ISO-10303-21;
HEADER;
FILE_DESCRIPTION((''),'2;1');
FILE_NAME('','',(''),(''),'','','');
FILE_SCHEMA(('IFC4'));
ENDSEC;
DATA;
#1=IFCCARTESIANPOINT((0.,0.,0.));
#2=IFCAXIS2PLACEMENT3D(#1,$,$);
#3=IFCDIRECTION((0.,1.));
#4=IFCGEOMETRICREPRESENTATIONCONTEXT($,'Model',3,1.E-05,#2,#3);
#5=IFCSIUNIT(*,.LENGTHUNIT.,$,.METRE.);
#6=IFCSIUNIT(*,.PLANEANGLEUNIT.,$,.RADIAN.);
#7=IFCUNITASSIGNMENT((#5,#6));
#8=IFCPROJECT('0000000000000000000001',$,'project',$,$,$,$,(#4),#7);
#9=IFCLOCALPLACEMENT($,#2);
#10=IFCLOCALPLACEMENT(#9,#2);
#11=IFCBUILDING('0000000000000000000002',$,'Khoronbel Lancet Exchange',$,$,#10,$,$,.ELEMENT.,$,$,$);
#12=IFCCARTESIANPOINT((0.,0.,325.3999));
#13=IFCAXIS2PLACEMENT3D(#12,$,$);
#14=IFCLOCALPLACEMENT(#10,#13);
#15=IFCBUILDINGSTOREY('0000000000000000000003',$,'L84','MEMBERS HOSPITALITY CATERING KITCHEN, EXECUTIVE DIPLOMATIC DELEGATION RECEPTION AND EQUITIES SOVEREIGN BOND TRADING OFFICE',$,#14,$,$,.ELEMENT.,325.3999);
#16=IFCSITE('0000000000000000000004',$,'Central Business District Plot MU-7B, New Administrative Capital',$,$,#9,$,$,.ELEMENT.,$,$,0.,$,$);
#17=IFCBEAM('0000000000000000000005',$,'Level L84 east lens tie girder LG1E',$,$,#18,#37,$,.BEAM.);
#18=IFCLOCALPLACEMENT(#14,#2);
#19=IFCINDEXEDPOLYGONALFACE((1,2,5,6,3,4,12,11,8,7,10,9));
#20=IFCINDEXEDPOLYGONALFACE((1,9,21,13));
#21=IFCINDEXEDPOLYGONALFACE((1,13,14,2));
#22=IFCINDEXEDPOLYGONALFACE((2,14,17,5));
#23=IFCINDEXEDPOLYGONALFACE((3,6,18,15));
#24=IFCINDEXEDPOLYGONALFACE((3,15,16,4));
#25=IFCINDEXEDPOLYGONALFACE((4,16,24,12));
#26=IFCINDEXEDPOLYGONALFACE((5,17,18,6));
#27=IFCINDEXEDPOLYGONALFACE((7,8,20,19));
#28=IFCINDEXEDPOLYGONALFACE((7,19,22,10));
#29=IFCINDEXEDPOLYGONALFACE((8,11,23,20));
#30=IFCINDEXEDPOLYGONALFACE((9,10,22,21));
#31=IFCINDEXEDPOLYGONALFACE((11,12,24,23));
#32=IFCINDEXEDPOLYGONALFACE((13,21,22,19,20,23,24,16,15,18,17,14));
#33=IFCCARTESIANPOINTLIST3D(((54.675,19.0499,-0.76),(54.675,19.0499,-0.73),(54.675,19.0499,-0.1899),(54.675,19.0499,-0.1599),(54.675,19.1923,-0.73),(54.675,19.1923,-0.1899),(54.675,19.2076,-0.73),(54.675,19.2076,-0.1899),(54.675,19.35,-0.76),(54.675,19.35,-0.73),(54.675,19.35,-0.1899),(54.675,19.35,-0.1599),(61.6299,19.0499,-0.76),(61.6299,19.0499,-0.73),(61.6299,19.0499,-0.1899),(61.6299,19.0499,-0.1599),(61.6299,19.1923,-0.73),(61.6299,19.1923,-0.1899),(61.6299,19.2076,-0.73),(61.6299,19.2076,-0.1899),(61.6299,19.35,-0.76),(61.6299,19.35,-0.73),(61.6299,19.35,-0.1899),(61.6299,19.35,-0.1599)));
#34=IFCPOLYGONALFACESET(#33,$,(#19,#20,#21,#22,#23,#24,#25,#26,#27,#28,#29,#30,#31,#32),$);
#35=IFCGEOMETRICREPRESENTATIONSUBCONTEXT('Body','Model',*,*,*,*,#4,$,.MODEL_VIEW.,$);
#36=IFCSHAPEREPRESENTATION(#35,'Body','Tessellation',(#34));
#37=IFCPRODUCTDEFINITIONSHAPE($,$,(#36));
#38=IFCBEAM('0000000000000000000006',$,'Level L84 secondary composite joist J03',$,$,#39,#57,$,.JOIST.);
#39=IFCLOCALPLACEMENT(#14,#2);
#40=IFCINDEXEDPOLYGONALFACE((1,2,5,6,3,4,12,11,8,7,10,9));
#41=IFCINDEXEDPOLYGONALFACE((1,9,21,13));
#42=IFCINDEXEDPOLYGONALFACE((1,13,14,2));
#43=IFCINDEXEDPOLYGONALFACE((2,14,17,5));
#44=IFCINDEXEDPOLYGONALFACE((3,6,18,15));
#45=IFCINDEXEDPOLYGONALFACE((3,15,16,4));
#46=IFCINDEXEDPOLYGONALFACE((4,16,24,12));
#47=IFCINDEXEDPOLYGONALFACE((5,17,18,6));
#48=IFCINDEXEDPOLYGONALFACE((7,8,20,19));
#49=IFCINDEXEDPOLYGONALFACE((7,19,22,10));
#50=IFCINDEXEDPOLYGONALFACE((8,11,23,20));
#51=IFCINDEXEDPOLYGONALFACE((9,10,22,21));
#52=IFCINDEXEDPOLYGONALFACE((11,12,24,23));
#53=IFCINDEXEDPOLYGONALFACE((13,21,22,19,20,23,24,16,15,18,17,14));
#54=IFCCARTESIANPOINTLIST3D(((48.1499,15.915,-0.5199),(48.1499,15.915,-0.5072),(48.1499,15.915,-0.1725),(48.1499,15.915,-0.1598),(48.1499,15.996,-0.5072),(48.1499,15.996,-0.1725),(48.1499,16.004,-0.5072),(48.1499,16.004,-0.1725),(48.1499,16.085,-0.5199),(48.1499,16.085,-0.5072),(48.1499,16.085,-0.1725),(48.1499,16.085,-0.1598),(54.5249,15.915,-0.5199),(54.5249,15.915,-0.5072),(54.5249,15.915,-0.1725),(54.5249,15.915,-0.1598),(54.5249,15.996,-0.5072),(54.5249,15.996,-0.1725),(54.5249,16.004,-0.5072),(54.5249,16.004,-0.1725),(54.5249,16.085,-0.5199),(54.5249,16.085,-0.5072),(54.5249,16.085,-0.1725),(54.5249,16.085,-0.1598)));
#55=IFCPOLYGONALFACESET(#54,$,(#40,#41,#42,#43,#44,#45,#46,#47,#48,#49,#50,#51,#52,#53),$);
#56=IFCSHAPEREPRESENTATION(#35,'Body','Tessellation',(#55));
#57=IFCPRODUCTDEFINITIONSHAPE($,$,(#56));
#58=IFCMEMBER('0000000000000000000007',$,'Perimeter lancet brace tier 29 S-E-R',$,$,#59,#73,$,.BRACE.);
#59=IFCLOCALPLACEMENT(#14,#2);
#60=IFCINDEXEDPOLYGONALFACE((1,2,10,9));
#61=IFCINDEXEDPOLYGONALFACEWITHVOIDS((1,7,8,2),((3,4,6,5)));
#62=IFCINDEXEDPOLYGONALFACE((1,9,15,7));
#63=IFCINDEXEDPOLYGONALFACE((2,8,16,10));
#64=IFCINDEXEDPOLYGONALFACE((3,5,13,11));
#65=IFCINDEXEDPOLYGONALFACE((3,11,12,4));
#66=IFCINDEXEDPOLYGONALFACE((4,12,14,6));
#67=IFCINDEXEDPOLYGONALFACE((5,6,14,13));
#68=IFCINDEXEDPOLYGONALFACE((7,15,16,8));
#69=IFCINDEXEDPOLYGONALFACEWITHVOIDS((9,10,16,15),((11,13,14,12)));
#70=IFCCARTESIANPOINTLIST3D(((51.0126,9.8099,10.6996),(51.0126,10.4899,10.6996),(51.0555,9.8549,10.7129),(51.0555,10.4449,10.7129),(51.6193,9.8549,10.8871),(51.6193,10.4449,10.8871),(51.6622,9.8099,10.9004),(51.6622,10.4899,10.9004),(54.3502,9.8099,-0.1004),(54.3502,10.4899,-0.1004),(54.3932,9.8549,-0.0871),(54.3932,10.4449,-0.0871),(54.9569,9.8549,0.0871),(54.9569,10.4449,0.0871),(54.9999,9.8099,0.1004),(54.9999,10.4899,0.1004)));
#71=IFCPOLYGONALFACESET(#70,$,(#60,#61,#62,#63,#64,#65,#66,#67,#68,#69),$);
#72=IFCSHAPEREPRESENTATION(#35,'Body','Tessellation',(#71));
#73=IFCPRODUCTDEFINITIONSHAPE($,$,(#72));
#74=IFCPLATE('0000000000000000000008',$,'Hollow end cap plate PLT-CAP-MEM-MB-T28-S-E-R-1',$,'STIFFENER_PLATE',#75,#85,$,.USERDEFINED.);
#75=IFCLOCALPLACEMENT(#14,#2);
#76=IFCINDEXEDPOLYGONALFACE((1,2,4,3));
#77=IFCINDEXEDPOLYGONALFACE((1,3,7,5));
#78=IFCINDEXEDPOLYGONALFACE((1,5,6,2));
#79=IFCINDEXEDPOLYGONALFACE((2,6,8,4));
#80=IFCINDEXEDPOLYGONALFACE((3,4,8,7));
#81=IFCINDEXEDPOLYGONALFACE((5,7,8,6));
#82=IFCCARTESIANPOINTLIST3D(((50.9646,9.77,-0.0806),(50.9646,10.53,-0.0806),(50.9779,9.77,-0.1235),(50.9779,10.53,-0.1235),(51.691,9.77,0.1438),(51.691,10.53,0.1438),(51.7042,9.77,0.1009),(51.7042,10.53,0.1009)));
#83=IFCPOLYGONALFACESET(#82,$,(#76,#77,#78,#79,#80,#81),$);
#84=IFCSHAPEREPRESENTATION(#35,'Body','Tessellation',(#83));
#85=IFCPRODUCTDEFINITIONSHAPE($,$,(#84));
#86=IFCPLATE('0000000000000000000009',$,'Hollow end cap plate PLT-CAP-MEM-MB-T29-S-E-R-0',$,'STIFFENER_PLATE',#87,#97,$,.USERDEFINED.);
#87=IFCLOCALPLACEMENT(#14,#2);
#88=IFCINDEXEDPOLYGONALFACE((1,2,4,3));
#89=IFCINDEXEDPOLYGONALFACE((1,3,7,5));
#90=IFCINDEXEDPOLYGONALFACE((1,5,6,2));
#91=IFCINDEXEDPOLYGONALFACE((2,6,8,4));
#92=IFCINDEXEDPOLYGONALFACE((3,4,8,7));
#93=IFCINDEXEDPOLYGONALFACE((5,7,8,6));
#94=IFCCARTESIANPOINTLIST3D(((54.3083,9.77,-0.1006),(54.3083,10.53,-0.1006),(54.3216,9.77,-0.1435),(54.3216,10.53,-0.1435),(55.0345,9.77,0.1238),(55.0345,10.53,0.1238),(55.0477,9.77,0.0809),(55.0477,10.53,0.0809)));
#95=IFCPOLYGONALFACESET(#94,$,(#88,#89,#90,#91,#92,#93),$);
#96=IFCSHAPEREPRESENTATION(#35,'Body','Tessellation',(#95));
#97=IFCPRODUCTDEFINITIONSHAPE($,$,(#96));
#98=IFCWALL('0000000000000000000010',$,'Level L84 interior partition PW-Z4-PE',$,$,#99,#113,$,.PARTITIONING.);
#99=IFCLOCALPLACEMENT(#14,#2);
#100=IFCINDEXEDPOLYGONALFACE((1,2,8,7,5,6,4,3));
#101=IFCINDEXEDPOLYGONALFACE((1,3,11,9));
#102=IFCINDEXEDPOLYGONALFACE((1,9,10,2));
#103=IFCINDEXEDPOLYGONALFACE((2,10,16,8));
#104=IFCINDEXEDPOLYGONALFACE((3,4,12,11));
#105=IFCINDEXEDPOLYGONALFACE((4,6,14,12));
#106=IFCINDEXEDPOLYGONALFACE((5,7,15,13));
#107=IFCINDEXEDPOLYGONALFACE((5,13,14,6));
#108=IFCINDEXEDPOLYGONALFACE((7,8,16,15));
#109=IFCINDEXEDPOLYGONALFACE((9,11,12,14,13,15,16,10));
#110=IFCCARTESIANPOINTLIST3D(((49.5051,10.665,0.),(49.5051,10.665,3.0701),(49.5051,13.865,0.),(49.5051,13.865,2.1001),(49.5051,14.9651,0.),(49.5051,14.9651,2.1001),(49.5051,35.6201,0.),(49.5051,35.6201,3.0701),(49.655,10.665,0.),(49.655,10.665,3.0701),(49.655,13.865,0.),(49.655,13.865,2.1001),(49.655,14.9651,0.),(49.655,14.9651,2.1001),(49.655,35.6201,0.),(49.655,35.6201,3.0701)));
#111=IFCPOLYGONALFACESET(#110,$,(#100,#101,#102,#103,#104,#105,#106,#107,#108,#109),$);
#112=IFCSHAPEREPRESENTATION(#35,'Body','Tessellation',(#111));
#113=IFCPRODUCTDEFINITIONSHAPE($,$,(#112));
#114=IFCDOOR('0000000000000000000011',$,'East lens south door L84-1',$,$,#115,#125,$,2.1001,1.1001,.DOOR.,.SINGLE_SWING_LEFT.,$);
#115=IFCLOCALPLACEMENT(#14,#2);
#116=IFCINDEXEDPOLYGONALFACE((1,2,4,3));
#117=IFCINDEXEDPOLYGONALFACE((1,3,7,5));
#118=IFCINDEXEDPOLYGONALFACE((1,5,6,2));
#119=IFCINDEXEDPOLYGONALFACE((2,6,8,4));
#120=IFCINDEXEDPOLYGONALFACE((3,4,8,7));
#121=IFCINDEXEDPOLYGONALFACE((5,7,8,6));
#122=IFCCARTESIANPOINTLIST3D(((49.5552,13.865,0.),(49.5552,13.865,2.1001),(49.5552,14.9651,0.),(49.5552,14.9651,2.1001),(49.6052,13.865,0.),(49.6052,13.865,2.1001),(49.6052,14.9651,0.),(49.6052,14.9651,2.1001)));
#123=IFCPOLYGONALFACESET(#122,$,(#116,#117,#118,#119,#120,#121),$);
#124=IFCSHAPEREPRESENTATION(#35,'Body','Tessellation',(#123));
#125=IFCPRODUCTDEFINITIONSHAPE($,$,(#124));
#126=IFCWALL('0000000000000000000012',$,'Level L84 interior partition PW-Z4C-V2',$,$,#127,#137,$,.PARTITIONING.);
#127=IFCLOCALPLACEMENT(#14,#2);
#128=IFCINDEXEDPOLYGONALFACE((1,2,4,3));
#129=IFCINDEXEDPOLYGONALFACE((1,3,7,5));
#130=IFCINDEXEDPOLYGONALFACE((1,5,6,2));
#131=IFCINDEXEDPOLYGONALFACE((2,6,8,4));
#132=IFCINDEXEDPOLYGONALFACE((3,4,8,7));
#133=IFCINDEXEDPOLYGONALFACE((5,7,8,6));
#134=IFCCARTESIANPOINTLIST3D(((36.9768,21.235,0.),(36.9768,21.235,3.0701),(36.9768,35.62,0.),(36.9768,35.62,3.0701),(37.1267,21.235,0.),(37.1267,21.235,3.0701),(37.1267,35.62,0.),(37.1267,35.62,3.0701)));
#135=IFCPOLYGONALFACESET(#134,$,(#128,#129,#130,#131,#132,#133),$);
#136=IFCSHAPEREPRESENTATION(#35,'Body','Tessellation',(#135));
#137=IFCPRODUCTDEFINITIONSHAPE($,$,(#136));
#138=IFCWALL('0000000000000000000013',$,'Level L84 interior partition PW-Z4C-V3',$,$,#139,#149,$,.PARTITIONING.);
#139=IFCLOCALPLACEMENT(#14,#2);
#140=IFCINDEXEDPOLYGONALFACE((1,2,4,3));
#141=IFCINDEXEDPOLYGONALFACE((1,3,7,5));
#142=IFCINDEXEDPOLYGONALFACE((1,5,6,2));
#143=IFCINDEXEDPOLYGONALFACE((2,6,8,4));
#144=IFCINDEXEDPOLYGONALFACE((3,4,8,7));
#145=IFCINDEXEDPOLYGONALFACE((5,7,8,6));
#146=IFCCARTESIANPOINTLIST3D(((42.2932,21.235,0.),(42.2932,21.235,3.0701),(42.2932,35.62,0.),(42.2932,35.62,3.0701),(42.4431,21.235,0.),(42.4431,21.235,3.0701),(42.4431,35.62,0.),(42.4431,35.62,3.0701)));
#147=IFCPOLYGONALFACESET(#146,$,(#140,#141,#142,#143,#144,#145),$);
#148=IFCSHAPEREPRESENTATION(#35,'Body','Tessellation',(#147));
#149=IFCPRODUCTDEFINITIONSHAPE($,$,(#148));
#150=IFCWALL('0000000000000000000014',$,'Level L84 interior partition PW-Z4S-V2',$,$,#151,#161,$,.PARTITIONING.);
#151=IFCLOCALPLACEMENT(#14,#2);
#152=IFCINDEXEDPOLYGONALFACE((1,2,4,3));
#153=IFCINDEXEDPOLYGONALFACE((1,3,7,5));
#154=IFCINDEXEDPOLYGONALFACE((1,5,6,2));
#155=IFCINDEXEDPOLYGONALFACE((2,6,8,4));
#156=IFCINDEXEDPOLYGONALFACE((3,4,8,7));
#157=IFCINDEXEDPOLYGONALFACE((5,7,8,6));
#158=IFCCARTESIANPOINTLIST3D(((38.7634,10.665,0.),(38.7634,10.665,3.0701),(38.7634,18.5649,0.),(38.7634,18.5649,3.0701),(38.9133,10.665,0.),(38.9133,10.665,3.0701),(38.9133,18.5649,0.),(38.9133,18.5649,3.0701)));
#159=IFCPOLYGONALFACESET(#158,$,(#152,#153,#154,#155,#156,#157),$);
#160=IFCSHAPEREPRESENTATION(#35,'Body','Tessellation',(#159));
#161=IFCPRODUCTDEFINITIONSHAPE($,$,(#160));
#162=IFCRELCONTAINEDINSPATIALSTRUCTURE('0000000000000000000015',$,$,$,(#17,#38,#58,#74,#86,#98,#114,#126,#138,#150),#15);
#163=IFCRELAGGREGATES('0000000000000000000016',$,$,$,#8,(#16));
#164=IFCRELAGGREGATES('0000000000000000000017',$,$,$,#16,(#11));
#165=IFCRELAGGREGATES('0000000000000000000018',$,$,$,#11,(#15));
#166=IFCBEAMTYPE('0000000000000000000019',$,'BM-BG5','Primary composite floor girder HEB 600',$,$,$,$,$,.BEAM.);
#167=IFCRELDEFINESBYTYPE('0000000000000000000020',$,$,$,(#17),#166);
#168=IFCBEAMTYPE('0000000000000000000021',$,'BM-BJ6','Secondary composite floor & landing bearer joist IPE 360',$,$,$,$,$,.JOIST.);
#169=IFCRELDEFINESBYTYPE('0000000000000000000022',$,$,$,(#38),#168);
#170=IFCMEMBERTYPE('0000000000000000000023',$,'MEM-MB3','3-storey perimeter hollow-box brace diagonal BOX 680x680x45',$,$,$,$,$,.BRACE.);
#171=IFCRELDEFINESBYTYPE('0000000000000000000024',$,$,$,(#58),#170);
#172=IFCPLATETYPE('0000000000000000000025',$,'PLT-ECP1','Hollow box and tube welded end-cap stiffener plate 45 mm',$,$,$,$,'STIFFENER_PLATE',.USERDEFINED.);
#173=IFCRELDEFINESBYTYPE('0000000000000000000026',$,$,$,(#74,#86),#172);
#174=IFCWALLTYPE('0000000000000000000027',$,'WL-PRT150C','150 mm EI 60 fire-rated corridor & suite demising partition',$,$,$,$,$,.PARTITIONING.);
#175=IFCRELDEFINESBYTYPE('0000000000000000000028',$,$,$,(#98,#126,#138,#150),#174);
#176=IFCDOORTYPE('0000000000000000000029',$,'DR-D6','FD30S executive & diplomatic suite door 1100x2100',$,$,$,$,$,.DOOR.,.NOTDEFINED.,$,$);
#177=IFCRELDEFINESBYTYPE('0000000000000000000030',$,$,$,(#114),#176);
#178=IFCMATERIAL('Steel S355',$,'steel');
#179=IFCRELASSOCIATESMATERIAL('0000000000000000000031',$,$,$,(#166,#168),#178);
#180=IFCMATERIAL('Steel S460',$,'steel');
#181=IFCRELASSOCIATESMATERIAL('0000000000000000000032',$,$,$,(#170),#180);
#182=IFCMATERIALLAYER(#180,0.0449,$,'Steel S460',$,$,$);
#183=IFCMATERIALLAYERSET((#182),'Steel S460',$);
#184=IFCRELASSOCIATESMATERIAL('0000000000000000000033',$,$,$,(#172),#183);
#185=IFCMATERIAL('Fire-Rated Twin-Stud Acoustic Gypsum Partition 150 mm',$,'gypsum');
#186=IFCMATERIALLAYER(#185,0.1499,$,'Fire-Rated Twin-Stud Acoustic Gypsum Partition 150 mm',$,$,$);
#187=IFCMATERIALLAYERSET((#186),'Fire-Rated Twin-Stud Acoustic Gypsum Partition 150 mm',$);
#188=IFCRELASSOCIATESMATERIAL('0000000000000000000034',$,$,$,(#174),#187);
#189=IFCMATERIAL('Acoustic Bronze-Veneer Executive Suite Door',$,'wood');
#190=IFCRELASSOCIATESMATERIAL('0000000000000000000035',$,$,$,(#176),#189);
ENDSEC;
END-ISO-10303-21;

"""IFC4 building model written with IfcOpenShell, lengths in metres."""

from ifc_helpers import new_model, si_unit, direction, frame, frame_2d, origin, origin_2d, place, context, subcontext, project, spatial, polyline, rectangle, hollow_rectangle, i_section, outline, extrude, material, layer, layer_set, material_profile, profile_set, type_object, element, fill, save


model = new_model("IFC4")

# Units and contexts
model_context = context("Model", 3, precision=1e-05, world=origin(), true_north=direction((0.0, 1.0)))
body_context = subcontext(model_context, "Body", "Model", "MODEL_VIEW")
ifc_project = project(units=[si_unit("LENGTHUNIT", "METRE"), si_unit("PLANEANGLEUNIT", "RADIAN")], contexts=[model_context])

# Site, building, storey
site_placement = place(None, origin())
site = spatial("IfcSite", under=ifc_project, at=site_placement, Name="Central Business District Plot MU-7B, New Administrative Capital", CompositionType="ELEMENT", RefElevation=0.0)
building_placement = place(site_placement, origin())
building = spatial("IfcBuilding", under=site, at=building_placement, Name="Khoronbel Lancet Exchange", CompositionType="ELEMENT")
storey_placement = place(building_placement, frame((0.0, 0.0, 325.3999)))
storey = spatial("IfcBuildingStorey", under=building, at=storey_placement, Name="L84", Description="MEMBERS HOSPITALITY CATERING KITCHEN, EXECUTIVE DIPLOMATIC DELEGATION RECEPTION AND EQUITIES SOVEREIGN BOND TRADING OFFICE", CompositionType="ELEMENT", Elevation=325.3999)

# Beams
ifc_material_1 = material(Name="Steel S355", Category="steel")
ifc_material_profile_1 = material_profile(ifc_material_1, i_section(OverallWidth=0.3, OverallDepth=0.6001, WebThickness=0.0154, FlangeThickness=0.03, at=origin_2d()), Name="HEB 600")
ifc_profile_set_1 = profile_set([ifc_material_profile_1], Name="Steel S355")
beam_type_1 = type_object("IfcBeamType", Name="BM-BG5", Description="Primary composite floor girder HEB 600", PredefinedType="BEAM", material=ifc_profile_set_1)
beam_1_placement = place(storey_placement, frame((54.675, 19.2, -0.46), z_axis=(1.0, 0.0, 0.0), x_axis=(0.0, 1.0, 0.0)))
element("IfcBeam", 1, at=beam_1_placement, inside=storey, type_object=beam_type_1, Name="Level L84 east lens tie girder LG1E", PredefinedType="BEAM", context=body_context, shape_type="SweptSolid", body=[
    extrude(i_section(OverallWidth=0.3, OverallDepth=0.6001, WebThickness=0.0154, FlangeThickness=0.03, at=origin_2d()), origin(), (0.0, 0.0, 1.0), 6.9548),
])
ifc_material_profile_2 = material_profile(ifc_material_1, i_section(OverallWidth=0.1699, OverallDepth=0.3601, WebThickness=0.0081, FlangeThickness=0.0127, at=origin_2d()), Name="IPE 360")
ifc_profile_set_2 = profile_set([ifc_material_profile_2], Name="Steel S355")
beam_type_2 = type_object("IfcBeamType", Name="BM-BJ6", Description="Secondary composite floor & landing bearer joist IPE 360", PredefinedType="JOIST", material=ifc_profile_set_2)
beam_2_placement = place(storey_placement, frame((48.1499, 16.0, -0.3398), z_axis=(1.0, 0.0, 0.0), x_axis=(0.0, 1.0, 0.0)))
element("IfcBeam", 2, at=beam_2_placement, inside=storey, type_object=beam_type_2, Name="Level L84 secondary composite joist J03", PredefinedType="JOIST", context=body_context, shape_type="SweptSolid", body=[
    extrude(i_section(OverallWidth=0.1699, OverallDepth=0.3601, WebThickness=0.0081, FlangeThickness=0.0127, at=origin_2d()), origin(), (0.0, 0.0, 1.0), 6.375),
])

# Member
ifc_material_2 = material(Name="Steel S460", Category="steel")
ifc_material_profile_3 = material_profile(ifc_material_2, hollow_rectangle(XDim=0.6799, YDim=0.6799, WallThickness=0.0449, at=origin_2d()), Name="BOX 680x680x45")
ifc_profile_set_3 = profile_set([ifc_material_profile_3], Name="Steel S460")
member_type = type_object("IfcMemberType", Name="MEM-MB3", Description="3-storey perimeter hollow-box brace diagonal BOX 680x680x45", PredefinedType="BRACE", material=ifc_profile_set_3)
member_placement = place(storey_placement, frame((54.675, 10.1499, 0.0), z_axis=(-0.295262, 0.0, 0.955416), x_axis=(0.0, -1.0, 0.0)))
element("IfcMember", 3, at=member_placement, inside=storey, type_object=member_type, Name="Perimeter lancet brace tier 29 S-E-R", PredefinedType="BRACE", context=body_context, shape_type="SweptSolid", body=[
    extrude(hollow_rectangle(XDim=0.6799, YDim=0.6799, WallThickness=0.0449, at=origin_2d()), origin(), (0.0, 0.0, 1.0), 11.304),
])

# Plates
ifc_layer_1 = layer(ifc_material_2, 0.0449, Name="Steel S460")
ifc_layer_set_1 = layer_set([ifc_layer_1], Name="Steel S460")
plate_type = type_object("IfcPlateType", Name="PLT-ECP1", Description="Hollow box and tube welded end-cap stiffener plate 45 mm", ElementType="STIFFENER_PLATE", PredefinedType="USERDEFINED", material=ifc_layer_set_1)
plate_1_placement = place(storey_placement, frame((50.9646, 10.53, -0.0806), z_axis=(-0.295146, 0.0, 0.955452), x_axis=(0.0, -1.0, 0.0)))
element("IfcPlate", 4, at=plate_1_placement, inside=storey, type_object=plate_type, Name="Hollow end cap plate PLT-CAP-MEM-MB-T28-S-E-R-1", ObjectType="STIFFENER_PLATE", PredefinedType="USERDEFINED", context=body_context, shape_type="SweptSolid", body=[
    extrude(outline(polyline([(0.0, 0.0), (0.76, 0.0), (0.76, 0.7603), (0.0, 0.7603), (0.0, 0.0)])), origin(), (0.0, 0.0, -1.0), 0.0449),
])
plate_2_placement = place(storey_placement, frame((54.3083, 10.53, -0.1006), z_axis=(-0.295237, 0.0, 0.955424), x_axis=(0.0, -1.0, 0.0)))
element("IfcPlate", 5, at=plate_2_placement, inside=storey, type_object=plate_type, Name="Hollow end cap plate PLT-CAP-MEM-MB-T29-S-E-R-0", ObjectType="STIFFENER_PLATE", PredefinedType="USERDEFINED", context=body_context, shape_type="SweptSolid", body=[
    extrude(outline(polyline([(0.0, 0.0), (0.76, 0.0), (0.76, 0.76), (0.0, 0.76), (0.0, 0.0)])), origin(), (0.0, 0.0, -1.0), 0.0449),
])

# Wall, opening, door
ifc_material_3 = material(Name="Fire-Rated Twin-Stud Acoustic Gypsum Partition 150 mm", Category="gypsum")
ifc_layer_2 = layer(ifc_material_3, 0.1499, Name="Fire-Rated Twin-Stud Acoustic Gypsum Partition 150 mm")
ifc_layer_set_2 = layer_set([ifc_layer_2], Name="Fire-Rated Twin-Stud Acoustic Gypsum Partition 150 mm")
wall_type_1 = type_object("IfcWallType", Name="WL-PRT150C", Description="150 mm EI 60 fire-rated corridor & suite demising partition", PredefinedType="PARTITIONING", material=ifc_layer_set_2)
wall_1_placement = place(storey_placement, frame((49.5801, 10.665, 0.0), z_axis=(0.0, 0.0, 1.0), x_axis=(0.0, 1.0, 0.0)))
wall_1 = element("IfcWall", 6, at=wall_1_placement, inside=storey, type_object=wall_type_1, Name="Level L84 interior partition PW-Z4-PE", PredefinedType="PARTITIONING", context=body_context, shape_type="SweptSolid", body=[
    extrude(rectangle(XDim=24.9551, YDim=0.1499, at=frame_2d((12.4775, 0.0))), origin(), (0.0, 0.0, 1.0), 3.0701),
])
opening_1_placement = place(wall_1_placement, frame((3.2, 0.0, 0.0)))
opening_1 = element("IfcOpeningElement", 7, at=opening_1_placement, cuts=wall_1, PredefinedType="OPENING", context=body_context, shape_type="SweptSolid", body=[
    extrude(rectangle(XDim=1.1001, YDim=2.1001, at=frame_2d((0.55, 1.05))), frame((0.0, 0.085, 0.0), z_axis=(0.0, -1.0, 0.0), x_axis=(1.0, 0.0, 0.0)), (0.0, 0.0, 1.0), 0.1699),
])
ifc_material_4 = material(Name="Acoustic Bronze-Veneer Executive Suite Door", Category="wood")
door_type_1 = type_object("IfcDoorType", Name="DR-D6", Description="FD30S executive & diplomatic suite door 1100x2100", OperationType="NOTDEFINED", PredefinedType="DOOR", material=ifc_material_4)
door_1_placement = place(opening_1_placement, origin())
door_1 = element("IfcDoor", 8, at=door_1_placement, inside=storey, type_object=door_type_1, Name="East lens south door L84-1", OperationType="SINGLE_SWING_LEFT", OverallHeight=2.1001, OverallWidth=1.1001, PredefinedType="DOOR", context=body_context, shape_type="SweptSolid", body=[
    extrude(rectangle(XDim=1.1001, YDim=2.1001, at=frame_2d((0.55, 1.05))), frame((0.0, 0.0249, 0.0), z_axis=(0.0, -1.0, 0.0), x_axis=(1.0, 0.0, 0.0)), (0.0, 0.0, 1.0), 0.05),
])
fill(opening_1, door_1)

# Walls
for number, where, z_axis, x_axis, name in (
    (9, (37.0518, 21.2351, 0.0), (0.0, 0.0, 1.0), (0.0, 1.0, 0.0), "Level L84 interior partition PW-Z4C-V2"),
    (10, (42.3682, 21.2351, 0.0), (0.0, 0.0, 1.0), (0.0, 1.0, 0.0), "Level L84 interior partition PW-Z4C-V3"),
):
    element("IfcWall", number, at=place(storey_placement, frame(where, z_axis=z_axis, x_axis=x_axis)), inside=storey, type_object=wall_type_1, Name=name, PredefinedType="PARTITIONING", context=body_context, shape_type="SweptSolid", body=[
        extrude(rectangle(XDim=14.385, YDim=0.1499, at=frame_2d((7.1924, 0.0))), origin(), (0.0, 0.0, 1.0), 3.0701),
    ])
wall_2_placement = place(storey_placement, frame((38.8384, 10.665, 0.0), z_axis=(0.0, 0.0, 1.0), x_axis=(0.0, 1.0, 0.0)))
element("IfcWall", 11, at=wall_2_placement, inside=storey, type_object=wall_type_1, Name="Level L84 interior partition PW-Z4S-V2", PredefinedType="PARTITIONING", context=body_context, shape_type="SweptSolid", body=[
    extrude(rectangle(XDim=7.8999, YDim=0.1499, at=frame_2d((3.95, 0.0))), origin(), (0.0, 0.0, 1.0), 3.0701),
])

save(model, "model.ifc")
